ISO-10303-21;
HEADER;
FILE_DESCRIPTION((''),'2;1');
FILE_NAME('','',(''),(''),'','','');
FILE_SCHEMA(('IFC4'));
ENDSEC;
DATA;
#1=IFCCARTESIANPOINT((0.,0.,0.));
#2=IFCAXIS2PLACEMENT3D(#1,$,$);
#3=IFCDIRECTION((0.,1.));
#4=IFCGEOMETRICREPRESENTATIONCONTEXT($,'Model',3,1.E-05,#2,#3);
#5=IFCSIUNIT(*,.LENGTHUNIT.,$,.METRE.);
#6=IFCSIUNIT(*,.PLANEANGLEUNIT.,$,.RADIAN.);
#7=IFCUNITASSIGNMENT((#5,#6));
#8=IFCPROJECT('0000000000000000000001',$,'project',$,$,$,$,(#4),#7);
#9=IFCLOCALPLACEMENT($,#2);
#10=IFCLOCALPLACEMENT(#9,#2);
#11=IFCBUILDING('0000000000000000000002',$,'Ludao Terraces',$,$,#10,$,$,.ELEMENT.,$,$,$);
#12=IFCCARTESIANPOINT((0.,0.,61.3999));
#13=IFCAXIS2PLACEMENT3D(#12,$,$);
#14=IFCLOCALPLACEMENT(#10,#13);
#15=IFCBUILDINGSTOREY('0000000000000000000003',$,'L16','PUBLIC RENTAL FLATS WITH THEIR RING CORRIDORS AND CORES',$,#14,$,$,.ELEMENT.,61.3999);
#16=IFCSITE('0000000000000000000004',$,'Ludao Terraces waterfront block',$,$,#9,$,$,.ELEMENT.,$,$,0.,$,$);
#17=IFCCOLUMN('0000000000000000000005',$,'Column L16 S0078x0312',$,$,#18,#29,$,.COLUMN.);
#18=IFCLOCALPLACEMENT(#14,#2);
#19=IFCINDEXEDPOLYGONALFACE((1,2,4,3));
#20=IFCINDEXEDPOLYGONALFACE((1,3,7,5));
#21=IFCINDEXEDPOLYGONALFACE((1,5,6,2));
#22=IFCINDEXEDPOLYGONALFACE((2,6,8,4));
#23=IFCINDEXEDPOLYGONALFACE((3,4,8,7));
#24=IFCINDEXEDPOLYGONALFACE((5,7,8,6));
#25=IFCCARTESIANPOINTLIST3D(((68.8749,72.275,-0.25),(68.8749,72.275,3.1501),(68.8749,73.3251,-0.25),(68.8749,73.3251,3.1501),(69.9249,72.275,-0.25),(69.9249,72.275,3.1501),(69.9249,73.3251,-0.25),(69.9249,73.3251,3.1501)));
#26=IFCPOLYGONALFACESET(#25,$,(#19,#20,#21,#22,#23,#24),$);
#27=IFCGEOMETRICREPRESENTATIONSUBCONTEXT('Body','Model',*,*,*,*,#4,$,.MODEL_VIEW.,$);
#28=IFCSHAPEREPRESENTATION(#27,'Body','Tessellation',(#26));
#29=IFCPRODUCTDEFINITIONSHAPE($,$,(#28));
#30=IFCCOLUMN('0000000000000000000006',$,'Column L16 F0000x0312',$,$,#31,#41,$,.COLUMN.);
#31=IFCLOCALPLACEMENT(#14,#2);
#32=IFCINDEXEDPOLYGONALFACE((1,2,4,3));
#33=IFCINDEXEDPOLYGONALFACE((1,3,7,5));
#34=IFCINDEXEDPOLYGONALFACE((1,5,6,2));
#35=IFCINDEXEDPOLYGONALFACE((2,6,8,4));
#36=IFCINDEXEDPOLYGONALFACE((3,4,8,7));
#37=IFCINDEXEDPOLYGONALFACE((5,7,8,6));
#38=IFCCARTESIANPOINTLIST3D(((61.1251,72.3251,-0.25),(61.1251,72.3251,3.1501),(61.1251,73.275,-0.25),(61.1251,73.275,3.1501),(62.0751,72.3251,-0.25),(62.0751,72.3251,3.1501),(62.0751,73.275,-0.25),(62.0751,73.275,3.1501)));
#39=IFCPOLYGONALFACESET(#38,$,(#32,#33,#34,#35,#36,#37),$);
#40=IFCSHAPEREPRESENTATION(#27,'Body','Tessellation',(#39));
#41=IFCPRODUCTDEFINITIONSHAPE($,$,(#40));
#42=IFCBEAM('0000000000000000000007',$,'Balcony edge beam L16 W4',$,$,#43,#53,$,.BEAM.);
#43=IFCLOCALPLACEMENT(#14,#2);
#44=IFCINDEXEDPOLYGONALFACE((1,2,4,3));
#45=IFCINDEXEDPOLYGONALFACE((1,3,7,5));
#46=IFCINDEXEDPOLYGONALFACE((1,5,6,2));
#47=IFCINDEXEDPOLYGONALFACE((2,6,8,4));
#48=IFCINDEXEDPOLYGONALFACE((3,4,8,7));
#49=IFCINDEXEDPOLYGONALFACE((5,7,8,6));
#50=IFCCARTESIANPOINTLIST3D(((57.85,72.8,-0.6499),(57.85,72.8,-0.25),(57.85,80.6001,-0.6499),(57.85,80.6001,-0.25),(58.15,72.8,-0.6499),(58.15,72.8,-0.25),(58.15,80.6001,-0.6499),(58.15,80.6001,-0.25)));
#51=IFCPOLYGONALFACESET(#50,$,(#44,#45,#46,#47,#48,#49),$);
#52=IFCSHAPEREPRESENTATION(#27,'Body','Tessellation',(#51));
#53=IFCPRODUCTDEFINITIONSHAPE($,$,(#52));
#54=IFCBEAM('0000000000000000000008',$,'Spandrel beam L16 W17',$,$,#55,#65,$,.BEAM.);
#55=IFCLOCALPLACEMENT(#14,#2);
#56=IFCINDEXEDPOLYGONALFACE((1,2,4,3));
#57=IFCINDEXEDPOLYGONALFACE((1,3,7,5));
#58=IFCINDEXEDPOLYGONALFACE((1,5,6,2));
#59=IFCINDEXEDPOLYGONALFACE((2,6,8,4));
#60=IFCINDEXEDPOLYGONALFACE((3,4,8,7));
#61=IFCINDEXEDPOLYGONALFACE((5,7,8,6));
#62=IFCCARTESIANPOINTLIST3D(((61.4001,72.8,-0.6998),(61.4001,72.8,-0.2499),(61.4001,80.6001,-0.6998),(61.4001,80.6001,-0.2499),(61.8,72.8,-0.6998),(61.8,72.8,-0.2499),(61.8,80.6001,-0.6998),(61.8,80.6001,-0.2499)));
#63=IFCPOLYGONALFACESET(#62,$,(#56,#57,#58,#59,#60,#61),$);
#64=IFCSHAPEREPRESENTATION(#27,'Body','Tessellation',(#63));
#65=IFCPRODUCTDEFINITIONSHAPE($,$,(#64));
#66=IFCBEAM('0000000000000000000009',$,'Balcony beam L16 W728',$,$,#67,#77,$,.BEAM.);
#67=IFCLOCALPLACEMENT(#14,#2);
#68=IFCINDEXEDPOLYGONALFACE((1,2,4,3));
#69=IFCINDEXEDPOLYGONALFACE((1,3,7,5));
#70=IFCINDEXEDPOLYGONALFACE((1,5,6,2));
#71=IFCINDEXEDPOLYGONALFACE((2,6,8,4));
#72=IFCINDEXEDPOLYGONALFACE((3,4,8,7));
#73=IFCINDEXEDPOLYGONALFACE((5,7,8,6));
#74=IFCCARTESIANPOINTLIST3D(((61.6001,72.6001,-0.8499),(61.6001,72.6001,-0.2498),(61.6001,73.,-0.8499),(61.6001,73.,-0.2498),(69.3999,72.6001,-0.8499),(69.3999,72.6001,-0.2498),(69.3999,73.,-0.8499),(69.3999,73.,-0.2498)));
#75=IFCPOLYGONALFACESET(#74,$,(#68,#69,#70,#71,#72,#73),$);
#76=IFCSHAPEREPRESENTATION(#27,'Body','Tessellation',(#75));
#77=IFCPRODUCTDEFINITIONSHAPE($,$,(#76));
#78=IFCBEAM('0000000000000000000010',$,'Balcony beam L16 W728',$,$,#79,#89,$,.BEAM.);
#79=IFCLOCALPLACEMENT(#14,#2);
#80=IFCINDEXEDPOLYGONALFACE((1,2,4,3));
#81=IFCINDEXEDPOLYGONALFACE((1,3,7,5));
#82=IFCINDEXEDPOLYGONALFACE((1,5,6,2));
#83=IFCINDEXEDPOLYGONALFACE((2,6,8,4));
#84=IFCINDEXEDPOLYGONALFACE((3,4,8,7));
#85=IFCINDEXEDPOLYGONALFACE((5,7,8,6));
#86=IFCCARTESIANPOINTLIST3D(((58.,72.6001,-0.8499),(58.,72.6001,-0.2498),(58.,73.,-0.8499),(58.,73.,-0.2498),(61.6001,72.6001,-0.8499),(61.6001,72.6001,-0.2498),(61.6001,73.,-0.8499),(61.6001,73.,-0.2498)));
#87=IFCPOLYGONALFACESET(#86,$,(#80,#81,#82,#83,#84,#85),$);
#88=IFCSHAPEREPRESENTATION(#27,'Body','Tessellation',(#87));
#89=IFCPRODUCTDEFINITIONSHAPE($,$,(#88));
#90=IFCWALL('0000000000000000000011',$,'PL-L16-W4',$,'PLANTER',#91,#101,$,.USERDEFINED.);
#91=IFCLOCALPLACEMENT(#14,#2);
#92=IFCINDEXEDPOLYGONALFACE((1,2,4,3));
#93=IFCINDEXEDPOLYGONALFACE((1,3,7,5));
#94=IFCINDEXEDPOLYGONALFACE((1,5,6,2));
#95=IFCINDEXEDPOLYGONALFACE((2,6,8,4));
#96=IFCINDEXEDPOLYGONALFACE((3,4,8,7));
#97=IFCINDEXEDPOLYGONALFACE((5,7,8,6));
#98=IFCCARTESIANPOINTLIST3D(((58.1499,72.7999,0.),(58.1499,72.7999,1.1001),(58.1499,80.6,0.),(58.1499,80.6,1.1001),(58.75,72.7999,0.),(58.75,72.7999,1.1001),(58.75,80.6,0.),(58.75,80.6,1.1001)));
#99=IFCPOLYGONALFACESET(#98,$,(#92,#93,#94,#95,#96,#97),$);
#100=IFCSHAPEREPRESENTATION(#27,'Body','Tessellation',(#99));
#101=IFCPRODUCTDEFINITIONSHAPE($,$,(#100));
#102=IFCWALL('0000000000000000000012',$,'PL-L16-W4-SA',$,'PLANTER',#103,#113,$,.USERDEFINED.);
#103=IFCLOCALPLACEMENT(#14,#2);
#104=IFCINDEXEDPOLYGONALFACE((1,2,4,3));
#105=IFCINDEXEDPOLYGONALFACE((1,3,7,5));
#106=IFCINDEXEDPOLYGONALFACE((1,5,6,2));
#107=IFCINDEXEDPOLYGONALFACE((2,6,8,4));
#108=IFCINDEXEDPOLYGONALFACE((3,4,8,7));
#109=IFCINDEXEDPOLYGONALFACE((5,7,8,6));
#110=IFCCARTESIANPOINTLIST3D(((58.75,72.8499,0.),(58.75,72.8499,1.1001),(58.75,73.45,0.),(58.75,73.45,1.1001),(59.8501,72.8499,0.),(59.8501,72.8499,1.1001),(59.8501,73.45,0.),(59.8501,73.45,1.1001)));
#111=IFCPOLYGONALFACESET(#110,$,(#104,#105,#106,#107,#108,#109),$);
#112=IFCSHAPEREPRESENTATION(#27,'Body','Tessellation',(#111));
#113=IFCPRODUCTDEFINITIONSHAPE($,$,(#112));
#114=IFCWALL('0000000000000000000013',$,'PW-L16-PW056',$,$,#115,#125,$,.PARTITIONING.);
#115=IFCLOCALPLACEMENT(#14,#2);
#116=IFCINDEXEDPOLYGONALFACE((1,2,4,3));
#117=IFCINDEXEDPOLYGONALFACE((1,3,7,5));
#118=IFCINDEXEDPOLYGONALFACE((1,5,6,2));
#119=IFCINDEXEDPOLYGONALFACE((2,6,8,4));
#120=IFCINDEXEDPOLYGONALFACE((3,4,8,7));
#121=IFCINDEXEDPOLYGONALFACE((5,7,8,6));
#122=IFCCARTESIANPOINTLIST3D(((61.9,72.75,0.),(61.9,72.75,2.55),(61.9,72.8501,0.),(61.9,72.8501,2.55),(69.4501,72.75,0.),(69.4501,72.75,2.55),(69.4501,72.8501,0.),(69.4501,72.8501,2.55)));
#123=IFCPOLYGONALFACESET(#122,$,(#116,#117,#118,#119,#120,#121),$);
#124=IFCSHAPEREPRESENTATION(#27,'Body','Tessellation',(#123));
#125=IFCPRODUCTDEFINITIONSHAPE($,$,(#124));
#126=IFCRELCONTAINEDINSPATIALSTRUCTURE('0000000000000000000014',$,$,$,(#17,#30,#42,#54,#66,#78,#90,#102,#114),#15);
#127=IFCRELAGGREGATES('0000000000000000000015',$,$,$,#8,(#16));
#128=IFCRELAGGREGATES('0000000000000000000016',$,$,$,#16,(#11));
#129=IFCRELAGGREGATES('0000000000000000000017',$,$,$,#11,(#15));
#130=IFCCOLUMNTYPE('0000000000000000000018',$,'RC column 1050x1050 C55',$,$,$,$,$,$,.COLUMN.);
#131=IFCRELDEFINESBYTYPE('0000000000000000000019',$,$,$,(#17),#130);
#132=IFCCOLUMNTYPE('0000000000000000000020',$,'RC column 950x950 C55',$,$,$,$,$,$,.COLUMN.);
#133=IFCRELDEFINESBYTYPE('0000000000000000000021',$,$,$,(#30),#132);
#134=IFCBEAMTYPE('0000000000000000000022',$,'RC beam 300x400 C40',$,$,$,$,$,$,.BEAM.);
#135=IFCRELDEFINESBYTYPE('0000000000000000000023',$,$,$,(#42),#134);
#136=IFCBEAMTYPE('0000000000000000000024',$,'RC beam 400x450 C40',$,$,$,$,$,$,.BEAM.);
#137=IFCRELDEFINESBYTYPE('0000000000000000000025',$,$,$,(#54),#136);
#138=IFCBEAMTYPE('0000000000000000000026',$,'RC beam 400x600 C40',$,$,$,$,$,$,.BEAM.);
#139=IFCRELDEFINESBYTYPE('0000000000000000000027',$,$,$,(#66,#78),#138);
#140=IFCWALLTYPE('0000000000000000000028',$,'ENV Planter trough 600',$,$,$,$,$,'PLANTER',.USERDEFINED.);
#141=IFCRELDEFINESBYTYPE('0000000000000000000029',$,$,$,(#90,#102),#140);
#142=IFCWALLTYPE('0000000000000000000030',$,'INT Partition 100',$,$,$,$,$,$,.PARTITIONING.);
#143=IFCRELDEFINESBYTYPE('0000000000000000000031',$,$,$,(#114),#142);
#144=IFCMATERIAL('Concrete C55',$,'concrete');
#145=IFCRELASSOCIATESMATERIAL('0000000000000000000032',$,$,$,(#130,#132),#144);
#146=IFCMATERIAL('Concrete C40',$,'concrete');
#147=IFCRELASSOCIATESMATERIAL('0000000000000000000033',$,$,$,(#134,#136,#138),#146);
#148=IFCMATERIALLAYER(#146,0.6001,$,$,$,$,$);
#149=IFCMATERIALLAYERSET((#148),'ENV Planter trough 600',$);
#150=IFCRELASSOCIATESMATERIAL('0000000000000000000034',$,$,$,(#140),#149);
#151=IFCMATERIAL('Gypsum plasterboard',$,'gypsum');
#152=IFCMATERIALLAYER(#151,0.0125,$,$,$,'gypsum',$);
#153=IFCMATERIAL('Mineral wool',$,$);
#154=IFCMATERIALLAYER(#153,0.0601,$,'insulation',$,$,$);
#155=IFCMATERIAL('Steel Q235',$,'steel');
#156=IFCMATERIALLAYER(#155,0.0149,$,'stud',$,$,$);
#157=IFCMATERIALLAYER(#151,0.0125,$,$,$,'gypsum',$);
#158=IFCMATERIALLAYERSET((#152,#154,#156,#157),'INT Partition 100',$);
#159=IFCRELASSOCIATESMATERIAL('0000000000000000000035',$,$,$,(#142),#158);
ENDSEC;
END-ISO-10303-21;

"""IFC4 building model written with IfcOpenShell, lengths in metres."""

from ifc_helpers import new_model, si_unit, direction, frame, frame_2d, origin, origin_2d, place, context, subcontext, project, spatial, rectangle, extrude, material, layer, layer_set, material_profile, profile_set, type_object, element, save


model = new_model("IFC4")

# Units and contexts
model_context = context("Model", 3, precision=1e-05, world=origin(), true_north=direction((0.0, 1.0)))
body_context = subcontext(model_context, "Body", "Model", "MODEL_VIEW")
ifc_project = project(units=[si_unit("LENGTHUNIT", "METRE"), si_unit("PLANEANGLEUNIT", "RADIAN")], contexts=[model_context])

# Site, building, storey
site_placement = place(None, origin())
site = spatial("IfcSite", under=ifc_project, at=site_placement, Name="Ludao Terraces waterfront block", CompositionType="ELEMENT", RefElevation=0.0)
building_placement = place(site_placement, origin())
building = spatial("IfcBuilding", under=site, at=building_placement, Name="Ludao Terraces", CompositionType="ELEMENT")
storey_placement = place(building_placement, frame((0.0, 0.0, 61.3999)))
storey = spatial("IfcBuildingStorey", under=building, at=storey_placement, Name="L16", Description="PUBLIC RENTAL FLATS WITH THEIR RING CORRIDORS AND CORES", CompositionType="ELEMENT", Elevation=61.3999)

# Columns
ifc_material_1 = material(Name="Concrete C55", Category="concrete")
ifc_material_profile_1 = material_profile(ifc_material_1, rectangle(XDim=1.05, YDim=1.05, at=origin_2d()), Name="1050 X 1050")
ifc_profile_set_1 = profile_set([ifc_material_profile_1], Name="Concrete C55")
column_type_1 = type_object("IfcColumnType", Name="RC column 1050x1050 C55", PredefinedType="COLUMN", material=ifc_profile_set_1)
column_1_placement = place(storey_placement, frame((69.3999, 72.8, -0.25), z_axis=(0.0, 0.0, 1.0), x_axis=(1.0, 0.0, 0.0)))
element("IfcColumn", 1, at=column_1_placement, inside=storey, type_object=column_type_1, Name="Column L16 S0078x0312", PredefinedType="COLUMN", context=body_context, shape_type="SweptSolid", body=[
    extrude(rectangle(XDim=1.05, YDim=1.05, at=origin_2d()), origin(), (0.0, 0.0, 1.0), 3.4001),
])
ifc_material_profile_2 = material_profile(ifc_material_1, rectangle(XDim=0.95, YDim=0.95, at=origin_2d()), Name="950 X 950")
ifc_profile_set_2 = profile_set([ifc_material_profile_2], Name="Concrete C55")
column_type_2 = type_object("IfcColumnType", Name="RC column 950x950 C55", PredefinedType="COLUMN", material=ifc_profile_set_2)
column_2_placement = place(storey_placement, frame((61.6001, 72.8, -0.25), z_axis=(0.0, 0.0, 1.0), x_axis=(1.0, 0.0, 0.0)))
element("IfcColumn", 2, at=column_2_placement, inside=storey, type_object=column_type_2, Name="Column L16 F0000x0312", PredefinedType="COLUMN", context=body_context, shape_type="SweptSolid", body=[
    extrude(rectangle(XDim=0.95, YDim=0.95, at=origin_2d()), origin(), (0.0, 0.0, 1.0), 3.4001),
])

# Beams
ifc_material_2 = material(Name="Concrete C40", Category="concrete")
ifc_material_profile_3 = material_profile(ifc_material_2, rectangle(XDim=0.3, YDim=0.3999, at=origin_2d()), Name="300 X 400")
ifc_profile_set_3 = profile_set([ifc_material_profile_3], Name="Concrete C40")
beam_type_1 = type_object("IfcBeamType", Name="RC beam 300x400 C40", PredefinedType="BEAM", material=ifc_profile_set_3)
beam_1_placement = place(storey_placement, frame((58.0, 72.8, -0.45), z_axis=(0.0, 1.0, 0.0), x_axis=(-1.0, 0.0, 0.0)))
element("IfcBeam", 3, at=beam_1_placement, inside=storey, type_object=beam_type_1, Name="Balcony edge beam L16 W4", PredefinedType="BEAM", context=body_context, shape_type="SweptSolid", body=[
    extrude(rectangle(XDim=0.3, YDim=0.3999, at=origin_2d()), origin(), (0.0, 0.0, 1.0), 7.8),
])
ifc_material_profile_4 = material_profile(ifc_material_2, rectangle(XDim=0.3999, YDim=0.45, at=origin_2d()), Name="400 X 450")
ifc_profile_set_4 = profile_set([ifc_material_profile_4], Name="Concrete C40")
beam_type_2 = type_object("IfcBeamType", Name="RC beam 400x450 C40", PredefinedType="BEAM", material=ifc_profile_set_4)
beam_2_placement = place(storey_placement, frame((61.6001, 72.8, -0.4749), z_axis=(0.0, 1.0, 0.0), x_axis=(-1.0, 0.0, 0.0)))
element("IfcBeam", 4, at=beam_2_placement, inside=storey, type_object=beam_type_2, Name="Spandrel beam L16 W17", PredefinedType="BEAM", context=body_context, shape_type="SweptSolid", body=[
    extrude(rectangle(XDim=0.3999, YDim=0.45, at=origin_2d()), origin(), (0.0, 0.0, 1.0), 7.8),
])
ifc_material_profile_5 = material_profile(ifc_material_2, rectangle(XDim=0.3999, YDim=0.6001, at=origin_2d()), Name="400 X 600")
ifc_profile_set_5 = profile_set([ifc_material_profile_5], Name="Concrete C40")
beam_type_3 = type_object("IfcBeamType", Name="RC beam 400x600 C40", PredefinedType="BEAM", material=ifc_profile_set_5)
beam_3_placement = place(storey_placement, frame((69.3999, 72.8, -0.5498), z_axis=(-1.0, 0.0, 0.0), x_axis=(0.0, -1.0, 0.0)))
element("IfcBeam", 5, at=beam_3_placement, inside=storey, type_object=beam_type_3, Name="Balcony beam L16 W728", PredefinedType="BEAM", context=body_context, shape_type="SweptSolid", body=[
    extrude(rectangle(XDim=0.3999, YDim=0.6001, at=origin_2d()), origin(), (0.0, 0.0, 1.0), 7.7998),
])
beam_4_placement = place(storey_placement, frame((61.6001, 72.8, -0.5498), z_axis=(-1.0, 0.0, 0.0), x_axis=(0.0, -1.0, 0.0)))
element("IfcBeam", 6, at=beam_4_placement, inside=storey, type_object=beam_type_3, Name="Balcony beam L16 W728", PredefinedType="BEAM", context=body_context, shape_type="SweptSolid", body=[
    extrude(rectangle(XDim=0.3999, YDim=0.6001, at=origin_2d()), origin(), (0.0, 0.0, 1.0), 3.6001),
])

# Walls
ifc_layer_1 = layer(ifc_material_2, 0.6001)
ifc_layer_set_1 = layer_set([ifc_layer_1], Name="ENV Planter trough 600")
wall_type_1 = type_object("IfcWallType", Name="ENV Planter trough 600", ElementType="PLANTER", PredefinedType="USERDEFINED", material=ifc_layer_set_1)
wall_1_placement = place(storey_placement, frame((58.45, 72.8, 0.0), z_axis=(0.0, 0.0, 1.0), x_axis=(0.0, 1.0, 0.0)))
element("IfcWall", 7, at=wall_1_placement, inside=storey, type_object=wall_type_1, Name="PL-L16-W4", ObjectType="PLANTER", PredefinedType="USERDEFINED", context=body_context, shape_type="SweptSolid", body=[
    extrude(rectangle(XDim=7.8, YDim=0.6001, at=frame_2d((3.8999, 0.0))), origin(), (0.0, 0.0, 1.0), 1.1001),
])
wall_2_placement = place(storey_placement, frame((58.75, 73.1499, 0.0), z_axis=(0.0, 0.0, 1.0), x_axis=(1.0, 0.0, 0.0)))
element("IfcWall", 8, at=wall_2_placement, inside=storey, type_object=wall_type_1, Name="PL-L16-W4-SA", ObjectType="PLANTER", PredefinedType="USERDEFINED", context=body_context, shape_type="SweptSolid", body=[
    extrude(rectangle(XDim=1.1001, YDim=0.6001, at=frame_2d((0.55, 0.0))), origin(), (0.0, 0.0, 1.0), 1.1001),
])

# Shared definitions
ifc_material_3 = material(Name="Mineral wool")

# Wall
ifc_material_4 = material(Name="Gypsum plasterboard", Category="gypsum")
ifc_layer_2 = layer(ifc_material_4, 0.0125, Category="gypsum")
ifc_layer_3 = layer(ifc_material_3, 0.0601, Name="insulation")
ifc_material_5 = material(Name="Steel Q235", Category="steel")
ifc_layer_4 = layer(ifc_material_5, 0.0149, Name="stud")
ifc_layer_5 = layer(ifc_material_4, 0.0125, Category="gypsum")
ifc_layer_set_2 = layer_set([ifc_layer_2, ifc_layer_3, ifc_layer_4, ifc_layer_5], Name="INT Partition 100")
wall_type_2 = type_object("IfcWallType", Name="INT Partition 100", PredefinedType="PARTITIONING", material=ifc_layer_set_2)
wall_3_placement = place(storey_placement, frame((61.9001, 72.8, 0.0), z_axis=(0.0, 0.0, 1.0), x_axis=(1.0, 0.0, 0.0)))
element("IfcWall", 9, at=wall_3_placement, inside=storey, type_object=wall_type_2, Name="PW-L16-PW056", PredefinedType="PARTITIONING", context=body_context, shape_type="SweptSolid", body=[
    extrude(rectangle(XDim=7.55, YDim=0.1001, at=frame_2d((3.7749, 0.0))), origin(), (0.0, 0.0, 1.0), 2.55),
])

save(model, "model.ifc")
